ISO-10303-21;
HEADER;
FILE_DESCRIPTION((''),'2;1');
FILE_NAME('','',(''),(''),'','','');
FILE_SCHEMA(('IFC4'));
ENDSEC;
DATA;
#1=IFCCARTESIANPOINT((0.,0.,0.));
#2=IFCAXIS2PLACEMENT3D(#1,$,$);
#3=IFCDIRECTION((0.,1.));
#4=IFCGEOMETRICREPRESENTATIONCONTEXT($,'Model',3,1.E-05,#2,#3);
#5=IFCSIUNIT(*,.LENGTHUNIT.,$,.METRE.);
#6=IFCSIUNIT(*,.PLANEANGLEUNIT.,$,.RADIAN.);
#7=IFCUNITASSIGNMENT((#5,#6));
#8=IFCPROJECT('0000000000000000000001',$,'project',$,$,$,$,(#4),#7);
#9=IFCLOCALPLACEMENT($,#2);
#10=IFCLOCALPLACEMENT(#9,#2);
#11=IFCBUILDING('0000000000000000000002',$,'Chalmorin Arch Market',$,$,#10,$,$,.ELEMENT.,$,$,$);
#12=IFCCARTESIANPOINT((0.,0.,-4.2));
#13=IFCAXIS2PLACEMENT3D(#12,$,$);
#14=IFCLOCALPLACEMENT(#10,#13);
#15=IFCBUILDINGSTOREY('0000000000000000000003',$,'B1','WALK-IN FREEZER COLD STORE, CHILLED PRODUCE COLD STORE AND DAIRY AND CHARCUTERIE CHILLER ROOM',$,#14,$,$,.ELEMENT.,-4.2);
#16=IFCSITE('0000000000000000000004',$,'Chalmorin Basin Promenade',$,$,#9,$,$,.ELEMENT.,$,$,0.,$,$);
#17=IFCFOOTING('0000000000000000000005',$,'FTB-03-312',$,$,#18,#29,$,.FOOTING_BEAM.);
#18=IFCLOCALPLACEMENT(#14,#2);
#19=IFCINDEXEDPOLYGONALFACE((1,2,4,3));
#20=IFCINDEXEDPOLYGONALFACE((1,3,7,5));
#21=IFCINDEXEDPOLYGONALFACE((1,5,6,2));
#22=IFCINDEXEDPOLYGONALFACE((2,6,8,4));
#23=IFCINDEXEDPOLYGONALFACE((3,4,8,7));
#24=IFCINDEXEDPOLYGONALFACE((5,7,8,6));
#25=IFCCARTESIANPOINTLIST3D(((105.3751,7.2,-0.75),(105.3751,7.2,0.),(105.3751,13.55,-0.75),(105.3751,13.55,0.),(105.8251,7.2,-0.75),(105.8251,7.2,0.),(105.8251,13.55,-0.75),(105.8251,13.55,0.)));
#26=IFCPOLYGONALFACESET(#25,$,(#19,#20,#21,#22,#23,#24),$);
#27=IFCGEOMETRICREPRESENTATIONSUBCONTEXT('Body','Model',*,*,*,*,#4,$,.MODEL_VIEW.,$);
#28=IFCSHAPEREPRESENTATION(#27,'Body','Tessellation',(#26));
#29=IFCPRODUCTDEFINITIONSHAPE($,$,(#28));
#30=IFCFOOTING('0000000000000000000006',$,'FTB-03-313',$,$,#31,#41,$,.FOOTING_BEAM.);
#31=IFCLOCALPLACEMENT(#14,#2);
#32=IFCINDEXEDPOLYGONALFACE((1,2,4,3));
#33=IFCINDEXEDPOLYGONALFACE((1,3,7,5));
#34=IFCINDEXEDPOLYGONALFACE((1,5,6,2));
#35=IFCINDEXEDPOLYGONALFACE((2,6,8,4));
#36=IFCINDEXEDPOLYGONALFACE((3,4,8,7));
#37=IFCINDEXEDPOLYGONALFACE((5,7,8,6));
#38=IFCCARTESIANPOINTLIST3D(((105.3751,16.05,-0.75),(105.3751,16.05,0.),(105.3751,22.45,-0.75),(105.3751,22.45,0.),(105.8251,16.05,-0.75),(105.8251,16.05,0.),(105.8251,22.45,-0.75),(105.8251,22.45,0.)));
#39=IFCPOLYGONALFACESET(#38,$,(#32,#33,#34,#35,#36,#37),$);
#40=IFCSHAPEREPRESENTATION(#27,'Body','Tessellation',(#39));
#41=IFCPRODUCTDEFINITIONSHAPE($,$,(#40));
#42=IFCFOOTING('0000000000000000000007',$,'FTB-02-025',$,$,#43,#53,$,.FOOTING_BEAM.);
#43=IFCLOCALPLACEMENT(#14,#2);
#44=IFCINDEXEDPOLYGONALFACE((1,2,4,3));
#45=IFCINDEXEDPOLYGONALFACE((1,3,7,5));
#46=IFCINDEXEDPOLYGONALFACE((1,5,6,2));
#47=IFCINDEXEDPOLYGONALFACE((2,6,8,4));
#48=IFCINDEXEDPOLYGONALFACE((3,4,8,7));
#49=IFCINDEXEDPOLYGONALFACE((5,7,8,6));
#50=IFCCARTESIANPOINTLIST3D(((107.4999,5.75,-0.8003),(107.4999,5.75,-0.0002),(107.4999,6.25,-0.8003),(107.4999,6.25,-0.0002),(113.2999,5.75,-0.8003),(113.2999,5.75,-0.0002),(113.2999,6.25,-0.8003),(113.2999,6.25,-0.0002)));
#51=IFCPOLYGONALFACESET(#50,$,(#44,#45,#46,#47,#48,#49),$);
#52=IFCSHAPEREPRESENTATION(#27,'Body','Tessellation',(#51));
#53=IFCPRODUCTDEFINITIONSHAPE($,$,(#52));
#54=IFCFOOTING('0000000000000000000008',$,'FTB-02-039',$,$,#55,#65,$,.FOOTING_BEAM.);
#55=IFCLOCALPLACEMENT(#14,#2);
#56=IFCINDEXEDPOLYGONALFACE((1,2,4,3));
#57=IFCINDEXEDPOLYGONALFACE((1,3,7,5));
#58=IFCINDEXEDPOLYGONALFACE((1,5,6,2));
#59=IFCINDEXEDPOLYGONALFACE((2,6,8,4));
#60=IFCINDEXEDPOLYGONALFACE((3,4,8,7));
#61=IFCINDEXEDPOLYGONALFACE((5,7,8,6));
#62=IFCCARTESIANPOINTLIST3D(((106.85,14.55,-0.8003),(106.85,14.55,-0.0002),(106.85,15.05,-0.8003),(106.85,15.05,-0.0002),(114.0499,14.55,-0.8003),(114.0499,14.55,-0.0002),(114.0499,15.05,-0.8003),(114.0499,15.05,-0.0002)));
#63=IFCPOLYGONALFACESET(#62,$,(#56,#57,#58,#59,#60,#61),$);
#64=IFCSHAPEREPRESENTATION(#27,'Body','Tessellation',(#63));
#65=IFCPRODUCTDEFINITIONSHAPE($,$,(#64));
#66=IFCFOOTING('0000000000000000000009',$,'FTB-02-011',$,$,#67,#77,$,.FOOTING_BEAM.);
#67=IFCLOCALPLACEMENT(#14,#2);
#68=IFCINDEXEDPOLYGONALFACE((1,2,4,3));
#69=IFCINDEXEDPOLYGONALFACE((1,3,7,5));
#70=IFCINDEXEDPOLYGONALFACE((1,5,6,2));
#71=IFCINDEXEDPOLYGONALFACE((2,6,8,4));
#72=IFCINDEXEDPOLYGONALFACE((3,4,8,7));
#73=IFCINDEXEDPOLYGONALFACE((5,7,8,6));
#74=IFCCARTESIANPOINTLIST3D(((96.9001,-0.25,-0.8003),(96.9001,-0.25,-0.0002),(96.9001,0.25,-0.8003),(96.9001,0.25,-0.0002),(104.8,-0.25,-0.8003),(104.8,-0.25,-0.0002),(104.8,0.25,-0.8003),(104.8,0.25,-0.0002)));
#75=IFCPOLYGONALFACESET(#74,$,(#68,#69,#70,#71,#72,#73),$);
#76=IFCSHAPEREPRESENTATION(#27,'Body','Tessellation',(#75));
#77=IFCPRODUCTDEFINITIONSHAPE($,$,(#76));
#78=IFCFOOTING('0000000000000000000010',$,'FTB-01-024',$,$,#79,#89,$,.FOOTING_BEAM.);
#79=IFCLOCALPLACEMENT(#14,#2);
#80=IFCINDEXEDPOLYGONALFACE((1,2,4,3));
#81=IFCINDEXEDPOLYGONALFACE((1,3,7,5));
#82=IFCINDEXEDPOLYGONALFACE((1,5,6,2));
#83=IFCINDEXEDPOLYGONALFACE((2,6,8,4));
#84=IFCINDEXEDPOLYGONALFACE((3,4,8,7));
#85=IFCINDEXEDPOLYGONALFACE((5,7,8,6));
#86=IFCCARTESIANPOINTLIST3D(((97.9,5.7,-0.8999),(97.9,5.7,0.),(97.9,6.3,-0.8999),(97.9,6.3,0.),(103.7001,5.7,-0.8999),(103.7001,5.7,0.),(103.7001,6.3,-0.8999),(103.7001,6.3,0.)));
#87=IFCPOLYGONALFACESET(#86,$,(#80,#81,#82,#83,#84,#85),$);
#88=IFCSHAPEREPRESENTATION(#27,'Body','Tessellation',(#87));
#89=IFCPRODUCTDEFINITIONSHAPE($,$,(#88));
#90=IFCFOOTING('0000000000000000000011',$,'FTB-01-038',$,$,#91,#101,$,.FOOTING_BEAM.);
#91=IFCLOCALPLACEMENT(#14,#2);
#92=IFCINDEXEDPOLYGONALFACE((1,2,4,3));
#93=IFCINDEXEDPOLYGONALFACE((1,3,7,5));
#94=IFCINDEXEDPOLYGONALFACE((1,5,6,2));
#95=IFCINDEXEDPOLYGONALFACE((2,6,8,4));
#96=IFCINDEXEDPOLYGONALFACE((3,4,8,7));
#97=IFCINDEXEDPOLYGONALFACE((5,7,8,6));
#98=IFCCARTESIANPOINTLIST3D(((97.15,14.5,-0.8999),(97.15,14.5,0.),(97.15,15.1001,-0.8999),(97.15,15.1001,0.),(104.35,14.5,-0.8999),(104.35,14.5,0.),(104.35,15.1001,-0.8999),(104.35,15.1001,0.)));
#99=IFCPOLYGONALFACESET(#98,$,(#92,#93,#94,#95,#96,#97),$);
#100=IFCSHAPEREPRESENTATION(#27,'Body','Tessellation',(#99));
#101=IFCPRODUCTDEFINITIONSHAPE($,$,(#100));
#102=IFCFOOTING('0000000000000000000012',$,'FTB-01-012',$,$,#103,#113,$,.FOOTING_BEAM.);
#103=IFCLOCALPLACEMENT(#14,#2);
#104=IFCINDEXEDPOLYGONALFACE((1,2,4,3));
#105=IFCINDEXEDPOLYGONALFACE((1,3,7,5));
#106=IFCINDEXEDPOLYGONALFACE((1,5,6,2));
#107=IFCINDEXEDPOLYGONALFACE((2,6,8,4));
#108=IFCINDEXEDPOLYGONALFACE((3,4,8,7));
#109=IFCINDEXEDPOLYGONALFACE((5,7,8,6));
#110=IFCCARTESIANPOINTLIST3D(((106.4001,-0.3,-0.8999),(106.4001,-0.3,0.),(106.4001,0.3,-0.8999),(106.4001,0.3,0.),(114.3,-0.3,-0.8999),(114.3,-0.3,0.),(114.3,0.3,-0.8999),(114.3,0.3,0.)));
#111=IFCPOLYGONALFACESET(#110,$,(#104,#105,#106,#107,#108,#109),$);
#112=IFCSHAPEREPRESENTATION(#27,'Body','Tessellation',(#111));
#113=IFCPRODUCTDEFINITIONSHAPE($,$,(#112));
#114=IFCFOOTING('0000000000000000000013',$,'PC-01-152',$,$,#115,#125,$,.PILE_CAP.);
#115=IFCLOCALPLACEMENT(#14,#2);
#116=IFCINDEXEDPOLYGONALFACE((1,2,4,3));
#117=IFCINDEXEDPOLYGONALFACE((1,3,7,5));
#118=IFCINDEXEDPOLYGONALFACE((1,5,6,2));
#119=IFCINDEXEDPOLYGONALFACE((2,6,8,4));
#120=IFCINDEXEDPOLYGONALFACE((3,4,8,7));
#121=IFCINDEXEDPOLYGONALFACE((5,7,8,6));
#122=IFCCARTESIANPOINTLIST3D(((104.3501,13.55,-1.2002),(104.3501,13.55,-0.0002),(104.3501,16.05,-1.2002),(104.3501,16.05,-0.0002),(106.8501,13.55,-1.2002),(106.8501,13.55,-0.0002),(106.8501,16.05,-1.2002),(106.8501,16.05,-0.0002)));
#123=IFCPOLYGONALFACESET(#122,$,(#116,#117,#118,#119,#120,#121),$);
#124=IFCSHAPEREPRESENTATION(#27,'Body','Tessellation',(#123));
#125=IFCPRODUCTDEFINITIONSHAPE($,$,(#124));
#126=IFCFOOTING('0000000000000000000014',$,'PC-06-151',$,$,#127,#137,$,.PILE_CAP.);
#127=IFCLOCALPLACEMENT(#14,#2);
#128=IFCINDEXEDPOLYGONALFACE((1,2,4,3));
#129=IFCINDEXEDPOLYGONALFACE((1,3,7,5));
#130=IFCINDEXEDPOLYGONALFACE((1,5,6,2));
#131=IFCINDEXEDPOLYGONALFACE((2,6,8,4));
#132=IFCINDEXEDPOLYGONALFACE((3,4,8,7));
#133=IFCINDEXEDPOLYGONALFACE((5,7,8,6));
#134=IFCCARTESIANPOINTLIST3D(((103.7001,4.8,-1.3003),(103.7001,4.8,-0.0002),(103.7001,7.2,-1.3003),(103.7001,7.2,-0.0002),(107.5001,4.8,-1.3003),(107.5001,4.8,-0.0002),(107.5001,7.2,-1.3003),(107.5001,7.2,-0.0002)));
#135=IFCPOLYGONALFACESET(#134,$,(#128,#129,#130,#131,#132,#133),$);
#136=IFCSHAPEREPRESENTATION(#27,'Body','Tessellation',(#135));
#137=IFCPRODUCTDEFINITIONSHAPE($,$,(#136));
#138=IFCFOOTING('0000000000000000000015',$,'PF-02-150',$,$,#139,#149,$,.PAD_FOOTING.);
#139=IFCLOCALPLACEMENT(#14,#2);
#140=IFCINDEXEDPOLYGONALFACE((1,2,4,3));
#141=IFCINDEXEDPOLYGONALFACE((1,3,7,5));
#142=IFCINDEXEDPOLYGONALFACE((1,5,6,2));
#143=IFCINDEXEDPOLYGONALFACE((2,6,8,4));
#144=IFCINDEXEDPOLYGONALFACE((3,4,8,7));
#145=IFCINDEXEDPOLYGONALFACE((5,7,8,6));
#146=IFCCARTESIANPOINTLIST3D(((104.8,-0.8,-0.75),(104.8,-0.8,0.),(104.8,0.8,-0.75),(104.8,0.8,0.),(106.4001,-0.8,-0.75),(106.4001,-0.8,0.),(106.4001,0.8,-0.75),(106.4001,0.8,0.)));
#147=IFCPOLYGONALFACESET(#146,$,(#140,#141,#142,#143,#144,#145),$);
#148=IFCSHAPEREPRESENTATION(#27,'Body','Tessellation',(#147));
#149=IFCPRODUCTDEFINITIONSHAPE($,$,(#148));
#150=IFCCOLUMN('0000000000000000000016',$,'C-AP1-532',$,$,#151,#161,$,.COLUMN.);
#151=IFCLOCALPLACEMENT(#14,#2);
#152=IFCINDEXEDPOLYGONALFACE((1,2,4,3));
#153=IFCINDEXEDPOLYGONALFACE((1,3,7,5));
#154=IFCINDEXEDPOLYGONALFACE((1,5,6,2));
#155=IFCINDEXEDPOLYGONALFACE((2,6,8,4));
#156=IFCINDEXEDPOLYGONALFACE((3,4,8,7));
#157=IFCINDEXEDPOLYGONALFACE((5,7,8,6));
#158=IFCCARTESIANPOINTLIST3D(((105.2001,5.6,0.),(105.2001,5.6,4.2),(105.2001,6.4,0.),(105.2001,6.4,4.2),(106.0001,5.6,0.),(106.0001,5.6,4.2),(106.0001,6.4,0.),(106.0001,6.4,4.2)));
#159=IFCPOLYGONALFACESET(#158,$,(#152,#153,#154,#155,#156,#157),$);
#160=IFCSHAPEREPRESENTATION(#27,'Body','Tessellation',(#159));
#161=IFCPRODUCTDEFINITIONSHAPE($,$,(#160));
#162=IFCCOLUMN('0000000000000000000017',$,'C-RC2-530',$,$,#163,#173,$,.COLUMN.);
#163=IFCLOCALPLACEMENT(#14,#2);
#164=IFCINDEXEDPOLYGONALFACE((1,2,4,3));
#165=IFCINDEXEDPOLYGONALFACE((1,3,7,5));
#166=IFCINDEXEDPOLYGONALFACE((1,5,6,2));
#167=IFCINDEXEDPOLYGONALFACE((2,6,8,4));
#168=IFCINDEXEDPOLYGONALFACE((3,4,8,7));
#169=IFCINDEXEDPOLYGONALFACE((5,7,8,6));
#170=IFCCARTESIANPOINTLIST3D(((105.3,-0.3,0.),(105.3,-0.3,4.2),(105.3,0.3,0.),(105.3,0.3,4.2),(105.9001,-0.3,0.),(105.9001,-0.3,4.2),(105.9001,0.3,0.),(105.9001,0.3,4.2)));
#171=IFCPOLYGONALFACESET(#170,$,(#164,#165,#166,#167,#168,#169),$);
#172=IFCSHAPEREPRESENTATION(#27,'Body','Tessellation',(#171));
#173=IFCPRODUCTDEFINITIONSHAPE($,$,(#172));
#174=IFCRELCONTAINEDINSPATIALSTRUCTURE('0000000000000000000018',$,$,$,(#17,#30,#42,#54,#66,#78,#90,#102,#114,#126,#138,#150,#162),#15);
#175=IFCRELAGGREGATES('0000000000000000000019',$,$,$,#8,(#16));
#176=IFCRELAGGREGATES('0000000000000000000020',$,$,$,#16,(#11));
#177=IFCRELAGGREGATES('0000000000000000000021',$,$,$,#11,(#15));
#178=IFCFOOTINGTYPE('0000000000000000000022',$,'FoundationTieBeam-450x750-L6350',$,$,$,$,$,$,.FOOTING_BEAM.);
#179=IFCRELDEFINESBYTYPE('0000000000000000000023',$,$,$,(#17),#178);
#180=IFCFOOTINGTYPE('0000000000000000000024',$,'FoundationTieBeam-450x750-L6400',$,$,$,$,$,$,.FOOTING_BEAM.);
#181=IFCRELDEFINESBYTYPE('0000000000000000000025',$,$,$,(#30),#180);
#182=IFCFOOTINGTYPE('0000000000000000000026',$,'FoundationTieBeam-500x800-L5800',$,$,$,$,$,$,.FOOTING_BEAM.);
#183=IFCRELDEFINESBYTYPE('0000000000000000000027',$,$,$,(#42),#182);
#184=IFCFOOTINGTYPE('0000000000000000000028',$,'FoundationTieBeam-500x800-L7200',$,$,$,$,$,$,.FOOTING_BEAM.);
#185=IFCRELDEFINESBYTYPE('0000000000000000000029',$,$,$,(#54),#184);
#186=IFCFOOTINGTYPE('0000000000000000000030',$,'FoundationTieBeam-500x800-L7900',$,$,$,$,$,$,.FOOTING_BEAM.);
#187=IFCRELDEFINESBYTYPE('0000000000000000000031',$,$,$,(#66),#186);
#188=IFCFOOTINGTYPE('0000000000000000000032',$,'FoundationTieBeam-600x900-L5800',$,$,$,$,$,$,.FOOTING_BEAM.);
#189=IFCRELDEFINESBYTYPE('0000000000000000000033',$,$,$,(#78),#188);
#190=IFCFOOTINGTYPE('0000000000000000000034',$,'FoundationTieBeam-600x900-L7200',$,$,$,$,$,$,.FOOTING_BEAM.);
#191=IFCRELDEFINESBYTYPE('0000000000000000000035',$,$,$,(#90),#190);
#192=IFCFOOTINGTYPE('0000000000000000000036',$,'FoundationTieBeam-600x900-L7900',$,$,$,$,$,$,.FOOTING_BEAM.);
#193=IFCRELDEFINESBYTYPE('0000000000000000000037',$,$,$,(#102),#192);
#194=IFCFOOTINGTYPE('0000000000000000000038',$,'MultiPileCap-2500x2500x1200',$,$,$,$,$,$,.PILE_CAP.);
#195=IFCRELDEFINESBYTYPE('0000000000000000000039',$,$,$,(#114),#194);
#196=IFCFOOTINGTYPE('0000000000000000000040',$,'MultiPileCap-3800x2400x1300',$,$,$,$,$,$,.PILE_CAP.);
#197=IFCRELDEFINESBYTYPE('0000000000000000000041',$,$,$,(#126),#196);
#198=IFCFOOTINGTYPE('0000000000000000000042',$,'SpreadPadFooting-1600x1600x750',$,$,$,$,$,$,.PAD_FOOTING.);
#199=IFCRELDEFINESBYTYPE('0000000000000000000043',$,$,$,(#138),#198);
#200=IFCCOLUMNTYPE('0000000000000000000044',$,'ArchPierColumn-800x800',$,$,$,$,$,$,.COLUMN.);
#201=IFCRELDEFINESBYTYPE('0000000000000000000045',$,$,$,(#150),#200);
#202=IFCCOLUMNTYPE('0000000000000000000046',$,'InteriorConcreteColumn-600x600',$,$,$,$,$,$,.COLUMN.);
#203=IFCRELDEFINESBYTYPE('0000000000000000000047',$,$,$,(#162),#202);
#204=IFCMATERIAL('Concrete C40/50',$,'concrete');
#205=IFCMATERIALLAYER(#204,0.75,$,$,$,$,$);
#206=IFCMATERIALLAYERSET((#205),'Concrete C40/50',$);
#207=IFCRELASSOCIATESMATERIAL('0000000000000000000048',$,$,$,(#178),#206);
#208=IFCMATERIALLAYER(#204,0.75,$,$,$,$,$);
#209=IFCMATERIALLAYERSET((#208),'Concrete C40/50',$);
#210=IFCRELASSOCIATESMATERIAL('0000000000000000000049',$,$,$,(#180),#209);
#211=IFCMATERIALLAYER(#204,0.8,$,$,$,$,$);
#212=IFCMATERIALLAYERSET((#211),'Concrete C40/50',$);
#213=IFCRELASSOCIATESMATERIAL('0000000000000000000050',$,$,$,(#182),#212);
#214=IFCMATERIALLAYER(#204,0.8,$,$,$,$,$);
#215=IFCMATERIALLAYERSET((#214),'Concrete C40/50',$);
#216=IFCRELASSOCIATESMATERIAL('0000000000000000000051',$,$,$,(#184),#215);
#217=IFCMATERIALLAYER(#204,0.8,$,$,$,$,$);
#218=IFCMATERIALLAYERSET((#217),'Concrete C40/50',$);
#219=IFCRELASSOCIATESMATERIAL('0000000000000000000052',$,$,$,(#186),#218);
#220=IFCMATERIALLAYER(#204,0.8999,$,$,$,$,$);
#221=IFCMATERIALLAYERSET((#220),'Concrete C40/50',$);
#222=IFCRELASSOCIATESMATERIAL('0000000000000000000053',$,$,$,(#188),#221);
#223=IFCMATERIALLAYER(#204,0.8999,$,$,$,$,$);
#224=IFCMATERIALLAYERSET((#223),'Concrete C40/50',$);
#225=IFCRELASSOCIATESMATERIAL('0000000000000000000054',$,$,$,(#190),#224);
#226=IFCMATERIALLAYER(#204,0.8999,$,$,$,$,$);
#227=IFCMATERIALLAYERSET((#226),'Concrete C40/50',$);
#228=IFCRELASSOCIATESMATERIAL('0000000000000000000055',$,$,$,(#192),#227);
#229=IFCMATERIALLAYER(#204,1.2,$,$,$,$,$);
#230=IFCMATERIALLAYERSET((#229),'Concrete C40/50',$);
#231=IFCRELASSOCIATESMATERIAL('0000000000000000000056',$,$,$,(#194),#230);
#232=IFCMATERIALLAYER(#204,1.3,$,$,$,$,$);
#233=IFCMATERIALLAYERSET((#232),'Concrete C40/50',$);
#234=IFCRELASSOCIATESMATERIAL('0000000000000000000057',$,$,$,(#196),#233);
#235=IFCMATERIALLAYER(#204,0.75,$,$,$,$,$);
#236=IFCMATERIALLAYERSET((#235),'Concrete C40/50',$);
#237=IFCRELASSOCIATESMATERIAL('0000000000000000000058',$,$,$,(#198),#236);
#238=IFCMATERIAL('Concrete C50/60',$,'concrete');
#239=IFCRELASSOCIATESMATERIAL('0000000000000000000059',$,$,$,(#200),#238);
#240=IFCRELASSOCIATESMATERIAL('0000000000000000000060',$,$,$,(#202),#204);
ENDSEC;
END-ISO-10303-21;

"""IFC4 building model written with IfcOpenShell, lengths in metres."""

from ifc_helpers import new_model, si_unit, direction, frame, origin, origin_2d, place, context, subcontext, project, spatial, rectangle, extrude, material, layer, layer_set, material_profile, profile_set, type_object, element, save


model = new_model("IFC4")

# Units and contexts
model_context = context("Model", 3, precision=1e-05, world=origin(), true_north=direction((0.0, 1.0)))
body_context = subcontext(model_context, "Body", "Model", "MODEL_VIEW")
ifc_project = project(units=[si_unit("LENGTHUNIT", "METRE"), si_unit("PLANEANGLEUNIT", "RADIAN")], contexts=[model_context])

# Site, building, storey
site_placement = place(None, origin())
site = spatial("IfcSite", under=ifc_project, at=site_placement, Name="Chalmorin Basin Promenade", CompositionType="ELEMENT", RefElevation=0.0)
building_placement = place(site_placement, origin())
building = spatial("IfcBuilding", under=site, at=building_placement, Name="Chalmorin Arch Market", CompositionType="ELEMENT")
storey_placement = place(building_placement, frame((0.0, 0.0, -4.2)))
storey = spatial("IfcBuildingStorey", under=building, at=storey_placement, Name="B1", Description="WALK-IN FREEZER COLD STORE, CHILLED PRODUCE COLD STORE AND DAIRY AND CHARCUTERIE CHILLER ROOM", CompositionType="ELEMENT", Elevation=-4.2)

# Footings
ifc_material_1 = material(Name="Concrete C40/50", Category="concrete")
ifc_layer_1 = layer(ifc_material_1, 0.75)
ifc_layer_set_1 = layer_set([ifc_layer_1], Name="Concrete C40/50")
footing_type_1 = type_object("IfcFootingType", Name="FoundationTieBeam-450x750-L6350", PredefinedType="FOOTING_BEAM", material=ifc_layer_set_1)
footing_1_placement = place(storey_placement, frame((105.6001, 10.375, -0.75), z_axis=(0.0, 0.0, 1.0), x_axis=(0.0, 1.0, 0.0)))
element("IfcFooting", 1, at=footing_1_placement, inside=storey, type_object=footing_type_1, Name="FTB-03-312", PredefinedType="FOOTING_BEAM", context=body_context, shape_type="SweptSolid", body=[
    extrude(rectangle(XDim=6.3501, YDim=0.45, at=origin_2d()), origin(), (0.0, 0.0, 1.0), 0.75),
])
ifc_layer_2 = layer(ifc_material_1, 0.75)
ifc_layer_set_2 = layer_set([ifc_layer_2], Name="Concrete C40/50")
footing_type_2 = type_object("IfcFootingType", Name="FoundationTieBeam-450x750-L6400", PredefinedType="FOOTING_BEAM", material=ifc_layer_set_2)
footing_2_placement = place(storey_placement, frame((105.6001, 19.25, -0.75), z_axis=(0.0, 0.0, 1.0), x_axis=(0.0, 1.0, 0.0)))
element("IfcFooting", 2, at=footing_2_placement, inside=storey, type_object=footing_type_2, Name="FTB-03-313", PredefinedType="FOOTING_BEAM", context=body_context, shape_type="SweptSolid", body=[
    extrude(rectangle(XDim=6.3999, YDim=0.45, at=origin_2d()), origin(), (0.0, 0.0, 1.0), 0.75),
])
ifc_layer_3 = layer(ifc_material_1, 0.8)
ifc_layer_set_3 = layer_set([ifc_layer_3], Name="Concrete C40/50")
footing_type_3 = type_object("IfcFootingType", Name="FoundationTieBeam-500x800-L5800", PredefinedType="FOOTING_BEAM", material=ifc_layer_set_3)
footing_3_placement = place(storey_placement, frame((110.3999, 6.0, -0.8003), z_axis=(0.0, 0.0, 1.0), x_axis=(1.0, 0.0, 0.0)))
element("IfcFooting", 3, at=footing_3_placement, inside=storey, type_object=footing_type_3, Name="FTB-02-025", PredefinedType="FOOTING_BEAM", context=body_context, shape_type="SweptSolid", body=[
    extrude(rectangle(XDim=5.8, YDim=0.5, at=origin_2d()), origin(), (0.0, 0.0, 1.0), 0.8),
])
ifc_layer_4 = layer(ifc_material_1, 0.8)
ifc_layer_set_4 = layer_set([ifc_layer_4], Name="Concrete C40/50")
footing_type_4 = type_object("IfcFootingType", Name="FoundationTieBeam-500x800-L7200", PredefinedType="FOOTING_BEAM", material=ifc_layer_set_4)
footing_4_placement = place(storey_placement, frame((110.45, 14.8, -0.8003), z_axis=(0.0, 0.0, 1.0), x_axis=(1.0, 0.0, 0.0)))
element("IfcFooting", 4, at=footing_4_placement, inside=storey, type_object=footing_type_4, Name="FTB-02-039", PredefinedType="FOOTING_BEAM", context=body_context, shape_type="SweptSolid", body=[
    extrude(rectangle(XDim=7.2, YDim=0.5, at=origin_2d()), origin(), (0.0, 0.0, 1.0), 0.8),
])
ifc_layer_5 = layer(ifc_material_1, 0.8)
ifc_layer_set_5 = layer_set([ifc_layer_5], Name="Concrete C40/50")
footing_type_5 = type_object("IfcFootingType", Name="FoundationTieBeam-500x800-L7900", PredefinedType="FOOTING_BEAM", material=ifc_layer_set_5)
footing_5_placement = place(storey_placement, frame((100.8501, 0.0, -0.8003), z_axis=(0.0, 0.0, 1.0), x_axis=(1.0, 0.0, 0.0)))
element("IfcFooting", 5, at=footing_5_placement, inside=storey, type_object=footing_type_5, Name="FTB-02-011", PredefinedType="FOOTING_BEAM", context=body_context, shape_type="SweptSolid", body=[
    extrude(rectangle(XDim=7.8999, YDim=0.5, at=origin_2d()), origin(), (0.0, 0.0, 1.0), 0.8),
])
ifc_layer_6 = layer(ifc_material_1, 0.8999)
ifc_layer_set_6 = layer_set([ifc_layer_6], Name="Concrete C40/50")
footing_type_6 = type_object("IfcFootingType", Name="FoundationTieBeam-600x900-L5800", PredefinedType="FOOTING_BEAM", material=ifc_layer_set_6)
footing_6_placement = place(storey_placement, frame((100.8, 6.0, -0.8999), z_axis=(0.0, 0.0, 1.0), x_axis=(1.0, 0.0, 0.0)))
element("IfcFooting", 6, at=footing_6_placement, inside=storey, type_object=footing_type_6, Name="FTB-01-024", PredefinedType="FOOTING_BEAM", context=body_context, shape_type="SweptSolid", body=[
    extrude(rectangle(XDim=5.8, YDim=0.6001, at=origin_2d()), origin(), (0.0, 0.0, 1.0), 0.8999),
])
ifc_layer_7 = layer(ifc_material_1, 0.8999)
ifc_layer_set_7 = layer_set([ifc_layer_7], Name="Concrete C40/50")
footing_type_7 = type_object("IfcFootingType", Name="FoundationTieBeam-600x900-L7200", PredefinedType="FOOTING_BEAM", material=ifc_layer_set_7)
footing_7_placement = place(storey_placement, frame((100.75, 14.8, -0.8999), z_axis=(0.0, 0.0, 1.0), x_axis=(1.0, 0.0, 0.0)))
element("IfcFooting", 7, at=footing_7_placement, inside=storey, type_object=footing_type_7, Name="FTB-01-038", PredefinedType="FOOTING_BEAM", context=body_context, shape_type="SweptSolid", body=[
    extrude(rectangle(XDim=7.2, YDim=0.6001, at=origin_2d()), origin(), (0.0, 0.0, 1.0), 0.8999),
])
ifc_layer_8 = layer(ifc_material_1, 0.8999)
ifc_layer_set_8 = layer_set([ifc_layer_8], Name="Concrete C40/50")
footing_type_8 = type_object("IfcFootingType", Name="FoundationTieBeam-600x900-L7900", PredefinedType="FOOTING_BEAM", material=ifc_layer_set_8)
footing_8_placement = place(storey_placement, frame((110.3501, 0.0, -0.8999), z_axis=(0.0, 0.0, 1.0), x_axis=(1.0, 0.0, 0.0)))
element("IfcFooting", 8, at=footing_8_placement, inside=storey, type_object=footing_type_8, Name="FTB-01-012", PredefinedType="FOOTING_BEAM", context=body_context, shape_type="SweptSolid", body=[
    extrude(rectangle(XDim=7.8999, YDim=0.6001, at=origin_2d()), origin(), (0.0, 0.0, 1.0), 0.8999),
])
ifc_layer_9 = layer(ifc_material_1, 1.2)
ifc_layer_set_9 = layer_set([ifc_layer_9], Name="Concrete C40/50")
footing_type_9 = type_object("IfcFootingType", Name="MultiPileCap-2500x2500x1200", PredefinedType="PILE_CAP", material=ifc_layer_set_9)
footing_9_placement = place(storey_placement, frame((105.6001, 14.8, -1.2002), z_axis=(0.0, 0.0, 1.0), x_axis=(1.0, 0.0, 0.0)))
element("IfcFooting", 9, at=footing_9_placement, inside=storey, type_object=footing_type_9, Name="PC-01-152", PredefinedType="PILE_CAP", context=body_context, shape_type="SweptSolid", body=[
    extrude(rectangle(XDim=2.5, YDim=2.5, at=origin_2d()), origin(), (0.0, 0.0, 1.0), 1.2),
])
ifc_layer_10 = layer(ifc_material_1, 1.3)
ifc_layer_set_10 = layer_set([ifc_layer_10], Name="Concrete C40/50")
footing_type_10 = type_object("IfcFootingType", Name="MultiPileCap-3800x2400x1300", PredefinedType="PILE_CAP", material=ifc_layer_set_10)
footing_10_placement = place(storey_placement, frame((105.6001, 6.0, -1.3003), z_axis=(0.0, 0.0, 1.0), x_axis=(1.0, 0.0, 0.0)))
element("IfcFooting", 10, at=footing_10_placement, inside=storey, type_object=footing_type_10, Name="PC-06-151", PredefinedType="PILE_CAP", context=body_context, shape_type="SweptSolid", body=[
    extrude(rectangle(XDim=3.8, YDim=2.3999, at=origin_2d()), origin(), (0.0, 0.0, 1.0), 1.3),
])
ifc_layer_11 = layer(ifc_material_1, 0.75)
ifc_layer_set_11 = layer_set([ifc_layer_11], Name="Concrete C40/50")
footing_type_11 = type_object("IfcFootingType", Name="SpreadPadFooting-1600x1600x750", PredefinedType="PAD_FOOTING", material=ifc_layer_set_11)
footing_11_placement = place(storey_placement, frame((105.6001, 0.0, -0.75), z_axis=(0.0, 0.0, 1.0), x_axis=(1.0, 0.0, 0.0)))
element("IfcFooting", 11, at=footing_11_placement, inside=storey, type_object=footing_type_11, Name="PF-02-150", PredefinedType="PAD_FOOTING", context=body_context, shape_type="SweptSolid", body=[
    extrude(rectangle(XDim=1.6001, YDim=1.6001, at=origin_2d()), origin(), (0.0, 0.0, 1.0), 0.75),
])

# Columns
ifc_material_2 = material(Name="Concrete C50/60", Category="concrete")
ifc_material_profile_1 = material_profile(ifc_material_2, rectangle(XDim=0.8, YDim=0.8, at=origin_2d()), Name="RC800X800")
ifc_profile_set_1 = profile_set([ifc_material_profile_1], Name="Concrete C50/60")
column_type_1 = type_object("IfcColumnType", Name="ArchPierColumn-800x800", PredefinedType="COLUMN", material=ifc_profile_set_1)
column_1_placement = place(storey_placement, frame((105.6001, 6.0, 0.0), z_axis=(0.0, 0.0, 1.0), x_axis=(1.0, 0.0, 0.0)))
element("IfcColumn", 12, at=column_1_placement, inside=storey, type_object=column_type_1, Name="C-AP1-532", PredefinedType="COLUMN", context=body_context, shape_type="SweptSolid", body=[
    extrude(rectangle(XDim=0.8, YDim=0.8, at=origin_2d()), origin(), (0.0, 0.0, 1.0), 4.2),
])
ifc_material_profile_2 = material_profile(ifc_material_1, rectangle(XDim=0.6001, YDim=0.6001, at=origin_2d()), Name="RC600X600")
ifc_profile_set_2 = profile_set([ifc_material_profile_2], Name="Concrete C40/50")
column_type_2 = type_object("IfcColumnType", Name="InteriorConcreteColumn-600x600", PredefinedType="COLUMN", material=ifc_profile_set_2)
column_2_placement = place(storey_placement, frame((105.6001, 0.0, 0.0), z_axis=(0.0, 0.0, 1.0), x_axis=(1.0, 0.0, 0.0)))
element("IfcColumn", 13, at=column_2_placement, inside=storey, type_object=column_type_2, Name="C-RC2-530", PredefinedType="COLUMN", context=body_context, shape_type="SweptSolid", body=[
    extrude(rectangle(XDim=0.6001, YDim=0.6001, at=origin_2d()), origin(), (0.0, 0.0, 1.0), 4.2),
])

save(model, "model.ifc")
